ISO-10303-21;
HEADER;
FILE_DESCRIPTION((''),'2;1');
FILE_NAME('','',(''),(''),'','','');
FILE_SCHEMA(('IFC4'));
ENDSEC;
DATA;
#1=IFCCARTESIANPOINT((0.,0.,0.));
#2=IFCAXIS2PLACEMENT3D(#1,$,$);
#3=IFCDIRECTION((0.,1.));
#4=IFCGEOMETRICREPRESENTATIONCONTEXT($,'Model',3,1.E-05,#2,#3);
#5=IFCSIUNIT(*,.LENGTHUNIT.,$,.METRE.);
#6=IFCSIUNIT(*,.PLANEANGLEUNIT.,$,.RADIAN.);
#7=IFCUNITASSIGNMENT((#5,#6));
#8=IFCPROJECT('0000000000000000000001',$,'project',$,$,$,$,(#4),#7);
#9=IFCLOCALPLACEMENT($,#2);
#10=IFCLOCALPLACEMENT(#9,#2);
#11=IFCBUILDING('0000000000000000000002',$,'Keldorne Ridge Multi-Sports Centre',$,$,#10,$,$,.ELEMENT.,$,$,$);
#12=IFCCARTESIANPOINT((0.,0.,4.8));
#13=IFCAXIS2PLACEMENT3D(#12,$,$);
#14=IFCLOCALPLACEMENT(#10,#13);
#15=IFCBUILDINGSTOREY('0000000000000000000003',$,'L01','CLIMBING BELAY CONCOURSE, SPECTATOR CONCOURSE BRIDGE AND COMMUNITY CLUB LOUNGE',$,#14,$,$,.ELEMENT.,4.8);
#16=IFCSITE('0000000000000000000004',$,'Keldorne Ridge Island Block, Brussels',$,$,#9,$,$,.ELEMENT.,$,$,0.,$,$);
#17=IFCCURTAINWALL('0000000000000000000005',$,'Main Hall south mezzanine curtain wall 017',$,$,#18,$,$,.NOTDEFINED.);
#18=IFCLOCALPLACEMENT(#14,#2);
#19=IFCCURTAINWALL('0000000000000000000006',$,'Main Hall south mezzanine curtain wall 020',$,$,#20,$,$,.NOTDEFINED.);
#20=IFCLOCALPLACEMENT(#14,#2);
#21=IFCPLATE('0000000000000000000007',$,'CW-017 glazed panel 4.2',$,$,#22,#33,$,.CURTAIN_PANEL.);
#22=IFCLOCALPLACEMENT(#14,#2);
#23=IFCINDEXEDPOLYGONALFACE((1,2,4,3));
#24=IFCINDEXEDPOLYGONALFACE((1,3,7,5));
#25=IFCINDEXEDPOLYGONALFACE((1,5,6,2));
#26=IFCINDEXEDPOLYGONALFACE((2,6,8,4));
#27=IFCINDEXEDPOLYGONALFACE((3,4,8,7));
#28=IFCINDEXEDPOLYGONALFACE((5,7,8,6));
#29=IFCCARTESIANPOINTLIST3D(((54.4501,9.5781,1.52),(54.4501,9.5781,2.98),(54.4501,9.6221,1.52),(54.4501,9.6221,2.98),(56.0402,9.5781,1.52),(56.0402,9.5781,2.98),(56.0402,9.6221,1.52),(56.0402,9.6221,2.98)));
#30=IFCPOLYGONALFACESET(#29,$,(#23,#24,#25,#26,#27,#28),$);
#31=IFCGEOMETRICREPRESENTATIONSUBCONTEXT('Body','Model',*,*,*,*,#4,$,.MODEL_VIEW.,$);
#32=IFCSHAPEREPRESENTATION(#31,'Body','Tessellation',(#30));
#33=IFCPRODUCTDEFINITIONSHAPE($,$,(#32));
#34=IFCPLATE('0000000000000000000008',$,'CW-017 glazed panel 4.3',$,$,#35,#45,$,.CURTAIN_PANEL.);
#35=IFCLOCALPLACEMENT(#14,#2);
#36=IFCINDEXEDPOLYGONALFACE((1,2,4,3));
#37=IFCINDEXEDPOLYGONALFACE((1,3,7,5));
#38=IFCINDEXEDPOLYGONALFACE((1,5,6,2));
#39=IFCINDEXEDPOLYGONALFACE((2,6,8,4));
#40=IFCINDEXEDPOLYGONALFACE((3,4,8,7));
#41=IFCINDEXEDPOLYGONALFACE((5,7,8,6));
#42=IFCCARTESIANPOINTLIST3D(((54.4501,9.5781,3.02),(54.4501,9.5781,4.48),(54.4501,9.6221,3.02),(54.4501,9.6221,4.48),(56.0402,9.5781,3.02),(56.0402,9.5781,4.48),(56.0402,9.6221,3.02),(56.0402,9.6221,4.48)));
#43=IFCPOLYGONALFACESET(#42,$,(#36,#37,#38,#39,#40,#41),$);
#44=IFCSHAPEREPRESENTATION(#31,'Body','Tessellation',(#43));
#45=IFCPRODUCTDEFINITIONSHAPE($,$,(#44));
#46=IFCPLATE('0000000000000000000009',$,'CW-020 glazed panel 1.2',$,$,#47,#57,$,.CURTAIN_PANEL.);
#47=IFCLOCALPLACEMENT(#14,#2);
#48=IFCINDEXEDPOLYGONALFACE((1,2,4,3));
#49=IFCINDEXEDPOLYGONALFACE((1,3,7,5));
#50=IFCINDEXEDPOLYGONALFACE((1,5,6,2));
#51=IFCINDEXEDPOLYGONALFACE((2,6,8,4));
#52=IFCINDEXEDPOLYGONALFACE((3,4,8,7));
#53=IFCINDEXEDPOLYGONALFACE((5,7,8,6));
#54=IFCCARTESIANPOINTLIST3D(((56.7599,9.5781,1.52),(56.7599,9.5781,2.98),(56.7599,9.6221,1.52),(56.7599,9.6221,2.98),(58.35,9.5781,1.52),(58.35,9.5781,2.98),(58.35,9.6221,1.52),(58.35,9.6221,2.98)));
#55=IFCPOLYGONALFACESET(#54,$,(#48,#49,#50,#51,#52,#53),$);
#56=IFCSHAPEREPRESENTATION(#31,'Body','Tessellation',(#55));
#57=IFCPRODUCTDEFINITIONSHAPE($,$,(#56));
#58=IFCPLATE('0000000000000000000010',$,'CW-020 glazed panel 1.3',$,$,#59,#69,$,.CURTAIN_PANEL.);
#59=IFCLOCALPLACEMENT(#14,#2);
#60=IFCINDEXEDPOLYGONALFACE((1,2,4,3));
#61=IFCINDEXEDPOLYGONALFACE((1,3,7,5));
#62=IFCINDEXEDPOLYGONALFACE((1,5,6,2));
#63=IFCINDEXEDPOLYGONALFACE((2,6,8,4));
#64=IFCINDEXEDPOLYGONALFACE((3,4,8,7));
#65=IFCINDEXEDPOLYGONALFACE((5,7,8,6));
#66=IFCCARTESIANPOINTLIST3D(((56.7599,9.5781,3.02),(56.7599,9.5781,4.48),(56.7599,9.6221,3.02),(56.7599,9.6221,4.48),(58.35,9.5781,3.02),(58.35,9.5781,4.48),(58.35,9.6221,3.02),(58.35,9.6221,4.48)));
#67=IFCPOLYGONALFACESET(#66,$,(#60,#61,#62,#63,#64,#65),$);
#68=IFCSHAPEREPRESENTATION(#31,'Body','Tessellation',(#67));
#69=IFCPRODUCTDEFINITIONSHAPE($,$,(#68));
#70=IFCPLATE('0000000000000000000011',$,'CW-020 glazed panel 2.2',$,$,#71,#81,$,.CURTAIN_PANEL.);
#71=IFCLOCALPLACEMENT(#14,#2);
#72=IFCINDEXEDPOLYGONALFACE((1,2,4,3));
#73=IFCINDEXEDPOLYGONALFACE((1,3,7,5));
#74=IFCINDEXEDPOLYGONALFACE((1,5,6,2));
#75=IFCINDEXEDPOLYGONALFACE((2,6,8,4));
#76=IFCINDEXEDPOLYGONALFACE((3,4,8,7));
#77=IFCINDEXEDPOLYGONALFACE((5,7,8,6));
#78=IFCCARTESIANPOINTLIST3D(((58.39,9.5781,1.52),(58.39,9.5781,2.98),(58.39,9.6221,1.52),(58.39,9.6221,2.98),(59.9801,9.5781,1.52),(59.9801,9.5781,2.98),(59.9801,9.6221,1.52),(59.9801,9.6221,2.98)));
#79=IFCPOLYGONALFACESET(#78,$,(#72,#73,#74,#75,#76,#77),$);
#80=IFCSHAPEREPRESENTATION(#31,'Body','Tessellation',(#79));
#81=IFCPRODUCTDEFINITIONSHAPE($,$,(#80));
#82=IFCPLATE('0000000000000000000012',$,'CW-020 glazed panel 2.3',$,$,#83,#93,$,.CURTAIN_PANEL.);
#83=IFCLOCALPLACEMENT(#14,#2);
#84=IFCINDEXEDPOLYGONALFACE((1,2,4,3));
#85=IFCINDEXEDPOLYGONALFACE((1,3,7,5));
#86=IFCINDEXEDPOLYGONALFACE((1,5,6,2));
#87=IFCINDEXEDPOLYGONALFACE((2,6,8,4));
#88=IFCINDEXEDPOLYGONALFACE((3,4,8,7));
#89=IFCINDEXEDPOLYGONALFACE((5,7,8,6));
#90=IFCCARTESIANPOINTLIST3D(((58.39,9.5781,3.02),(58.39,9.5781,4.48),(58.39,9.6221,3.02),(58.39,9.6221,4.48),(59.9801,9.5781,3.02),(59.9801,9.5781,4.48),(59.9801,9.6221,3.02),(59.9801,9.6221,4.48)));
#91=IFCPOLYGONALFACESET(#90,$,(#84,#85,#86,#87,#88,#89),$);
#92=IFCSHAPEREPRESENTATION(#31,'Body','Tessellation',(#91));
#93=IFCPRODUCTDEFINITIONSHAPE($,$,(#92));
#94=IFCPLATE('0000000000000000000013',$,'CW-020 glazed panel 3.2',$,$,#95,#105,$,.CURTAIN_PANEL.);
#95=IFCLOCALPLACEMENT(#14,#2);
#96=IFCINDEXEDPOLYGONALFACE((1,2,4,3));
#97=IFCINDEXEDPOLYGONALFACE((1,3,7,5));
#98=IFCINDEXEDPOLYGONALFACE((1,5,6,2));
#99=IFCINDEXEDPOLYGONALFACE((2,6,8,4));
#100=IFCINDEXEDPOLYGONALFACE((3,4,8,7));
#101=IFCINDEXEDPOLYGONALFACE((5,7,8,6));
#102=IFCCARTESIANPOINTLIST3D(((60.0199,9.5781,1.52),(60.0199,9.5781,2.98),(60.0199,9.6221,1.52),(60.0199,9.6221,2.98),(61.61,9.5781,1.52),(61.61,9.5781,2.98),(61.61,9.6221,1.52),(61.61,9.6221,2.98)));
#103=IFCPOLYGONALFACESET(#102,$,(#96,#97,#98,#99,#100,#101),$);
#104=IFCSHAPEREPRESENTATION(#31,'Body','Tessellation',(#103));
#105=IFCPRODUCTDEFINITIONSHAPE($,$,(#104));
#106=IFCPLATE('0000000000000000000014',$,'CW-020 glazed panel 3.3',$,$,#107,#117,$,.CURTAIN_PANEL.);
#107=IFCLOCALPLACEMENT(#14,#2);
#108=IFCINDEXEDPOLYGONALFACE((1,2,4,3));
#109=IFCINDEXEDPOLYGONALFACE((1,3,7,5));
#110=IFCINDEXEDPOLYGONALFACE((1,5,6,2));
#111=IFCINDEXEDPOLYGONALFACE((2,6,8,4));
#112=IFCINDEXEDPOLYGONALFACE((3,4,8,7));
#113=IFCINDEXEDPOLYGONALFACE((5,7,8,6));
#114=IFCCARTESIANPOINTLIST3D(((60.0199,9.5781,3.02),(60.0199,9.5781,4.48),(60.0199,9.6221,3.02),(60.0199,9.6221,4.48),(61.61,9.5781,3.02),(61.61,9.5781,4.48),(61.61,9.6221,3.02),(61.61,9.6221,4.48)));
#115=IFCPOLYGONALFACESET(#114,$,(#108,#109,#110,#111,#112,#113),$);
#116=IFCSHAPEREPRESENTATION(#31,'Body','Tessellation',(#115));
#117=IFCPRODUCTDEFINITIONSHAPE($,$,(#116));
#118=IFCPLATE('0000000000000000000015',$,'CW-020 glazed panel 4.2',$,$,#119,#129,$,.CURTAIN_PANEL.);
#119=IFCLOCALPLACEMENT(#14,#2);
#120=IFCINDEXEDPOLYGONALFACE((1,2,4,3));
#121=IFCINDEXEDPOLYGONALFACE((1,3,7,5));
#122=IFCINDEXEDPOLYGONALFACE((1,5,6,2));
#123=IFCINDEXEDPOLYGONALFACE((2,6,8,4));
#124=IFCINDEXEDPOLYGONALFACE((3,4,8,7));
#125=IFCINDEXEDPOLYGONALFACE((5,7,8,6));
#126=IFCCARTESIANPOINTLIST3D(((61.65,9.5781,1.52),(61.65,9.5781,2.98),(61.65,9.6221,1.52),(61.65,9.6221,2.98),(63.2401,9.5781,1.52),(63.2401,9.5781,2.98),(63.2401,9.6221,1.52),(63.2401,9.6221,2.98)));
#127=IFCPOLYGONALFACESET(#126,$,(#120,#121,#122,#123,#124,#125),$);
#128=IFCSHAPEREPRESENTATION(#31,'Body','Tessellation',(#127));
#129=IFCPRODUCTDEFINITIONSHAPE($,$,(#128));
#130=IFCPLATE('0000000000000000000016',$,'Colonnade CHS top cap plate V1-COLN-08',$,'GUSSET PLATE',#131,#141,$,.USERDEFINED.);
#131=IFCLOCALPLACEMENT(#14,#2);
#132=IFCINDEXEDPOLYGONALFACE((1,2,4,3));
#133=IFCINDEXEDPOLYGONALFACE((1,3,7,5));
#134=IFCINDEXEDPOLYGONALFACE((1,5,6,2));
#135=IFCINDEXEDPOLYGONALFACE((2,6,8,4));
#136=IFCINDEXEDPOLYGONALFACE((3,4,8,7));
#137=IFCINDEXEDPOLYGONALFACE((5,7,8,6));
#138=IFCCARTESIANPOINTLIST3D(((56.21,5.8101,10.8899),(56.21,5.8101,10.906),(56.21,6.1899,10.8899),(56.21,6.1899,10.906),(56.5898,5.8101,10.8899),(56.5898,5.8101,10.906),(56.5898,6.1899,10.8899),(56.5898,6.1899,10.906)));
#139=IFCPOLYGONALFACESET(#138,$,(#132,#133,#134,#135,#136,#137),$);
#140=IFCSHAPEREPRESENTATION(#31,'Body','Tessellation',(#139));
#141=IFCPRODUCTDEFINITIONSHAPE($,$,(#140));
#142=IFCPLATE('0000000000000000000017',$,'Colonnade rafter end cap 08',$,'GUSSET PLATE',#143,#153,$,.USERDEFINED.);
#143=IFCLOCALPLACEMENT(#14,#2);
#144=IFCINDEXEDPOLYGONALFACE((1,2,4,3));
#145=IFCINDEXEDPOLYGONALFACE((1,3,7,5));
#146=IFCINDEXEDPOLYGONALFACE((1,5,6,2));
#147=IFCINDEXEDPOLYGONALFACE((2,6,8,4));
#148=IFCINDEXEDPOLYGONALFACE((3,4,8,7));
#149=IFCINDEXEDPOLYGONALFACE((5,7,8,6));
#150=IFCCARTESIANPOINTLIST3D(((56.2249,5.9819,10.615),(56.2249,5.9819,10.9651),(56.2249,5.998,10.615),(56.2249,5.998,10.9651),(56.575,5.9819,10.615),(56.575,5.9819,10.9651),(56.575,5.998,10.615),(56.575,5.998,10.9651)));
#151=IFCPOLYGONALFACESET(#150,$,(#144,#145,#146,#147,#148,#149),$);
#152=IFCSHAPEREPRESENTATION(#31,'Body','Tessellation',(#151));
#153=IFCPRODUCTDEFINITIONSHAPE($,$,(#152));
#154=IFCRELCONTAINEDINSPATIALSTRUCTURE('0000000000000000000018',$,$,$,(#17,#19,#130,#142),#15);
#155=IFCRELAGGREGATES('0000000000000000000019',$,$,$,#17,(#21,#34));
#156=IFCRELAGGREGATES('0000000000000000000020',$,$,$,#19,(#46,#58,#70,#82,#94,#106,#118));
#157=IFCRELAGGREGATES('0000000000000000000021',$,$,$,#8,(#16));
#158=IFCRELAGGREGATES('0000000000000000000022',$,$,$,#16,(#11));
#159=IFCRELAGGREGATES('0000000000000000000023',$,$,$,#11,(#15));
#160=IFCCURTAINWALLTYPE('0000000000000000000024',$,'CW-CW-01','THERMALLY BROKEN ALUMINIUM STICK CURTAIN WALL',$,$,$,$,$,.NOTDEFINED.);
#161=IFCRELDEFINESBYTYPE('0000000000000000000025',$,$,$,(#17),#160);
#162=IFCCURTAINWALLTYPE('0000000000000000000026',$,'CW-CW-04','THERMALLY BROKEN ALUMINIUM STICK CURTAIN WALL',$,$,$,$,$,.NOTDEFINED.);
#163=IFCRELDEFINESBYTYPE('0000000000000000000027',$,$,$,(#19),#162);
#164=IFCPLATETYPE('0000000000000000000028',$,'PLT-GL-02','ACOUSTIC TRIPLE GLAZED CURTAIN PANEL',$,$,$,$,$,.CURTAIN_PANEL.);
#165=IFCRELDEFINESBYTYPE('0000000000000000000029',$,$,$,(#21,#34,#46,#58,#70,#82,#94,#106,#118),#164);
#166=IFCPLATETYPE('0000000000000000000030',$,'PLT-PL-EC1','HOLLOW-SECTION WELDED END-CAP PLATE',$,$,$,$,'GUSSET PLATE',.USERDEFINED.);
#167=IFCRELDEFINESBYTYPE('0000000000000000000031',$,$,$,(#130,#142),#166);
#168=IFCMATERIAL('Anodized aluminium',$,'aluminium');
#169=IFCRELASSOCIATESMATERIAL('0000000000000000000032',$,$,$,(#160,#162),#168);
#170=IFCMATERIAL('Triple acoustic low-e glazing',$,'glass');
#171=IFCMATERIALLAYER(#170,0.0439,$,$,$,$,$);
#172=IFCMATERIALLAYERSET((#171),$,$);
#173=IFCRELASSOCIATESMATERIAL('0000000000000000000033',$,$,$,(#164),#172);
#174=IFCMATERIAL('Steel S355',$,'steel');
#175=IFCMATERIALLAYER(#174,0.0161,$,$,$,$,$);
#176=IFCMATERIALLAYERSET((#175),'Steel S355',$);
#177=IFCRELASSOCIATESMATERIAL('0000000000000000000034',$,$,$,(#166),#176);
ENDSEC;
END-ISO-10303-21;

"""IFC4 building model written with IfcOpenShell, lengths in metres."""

from ifc_helpers import new_model, si_unit, direction, frame, origin, origin_2d, place, context, subcontext, project, spatial, rectangle, extrude, material, layer, layer_set, type_object, element, aggregate, save


model = new_model("IFC4")

# Units and contexts
model_context = context("Model", 3, precision=1e-05, world=origin(), true_north=direction((0.0, 1.0)))
body_context = subcontext(model_context, "Body", "Model", "MODEL_VIEW")
ifc_project = project(units=[si_unit("LENGTHUNIT", "METRE"), si_unit("PLANEANGLEUNIT", "RADIAN")], contexts=[model_context])

# Site, building, storey
site_placement = place(None, origin())
site = spatial("IfcSite", under=ifc_project, at=site_placement, Name="Keldorne Ridge Island Block, Brussels", CompositionType="ELEMENT", RefElevation=0.0)
building_placement = place(site_placement, origin())
building = spatial("IfcBuilding", under=site, at=building_placement, Name="Keldorne Ridge Multi-Sports Centre", CompositionType="ELEMENT")
storey_placement = place(building_placement, frame((0.0, 0.0, 4.8)))
storey = spatial("IfcBuildingStorey", under=building, at=storey_placement, Name="L01", Description="CLIMBING BELAY CONCOURSE, SPECTATOR CONCOURSE BRIDGE AND COMMUNITY CLUB LOUNGE", CompositionType="ELEMENT", Elevation=4.8)

# Shared definitions
ifc_material_1 = material(Name="Steel S355", Category="steel")

# Curtain walls
ifc_material_2 = material(Name="Anodized aluminium", Category="aluminium")
curtain_wall_type_1 = type_object("IfcCurtainWallType", Name="CW-CW-01", Description="THERMALLY BROKEN ALUMINIUM STICK CURTAIN WALL", PredefinedType="NOTDEFINED", material=ifc_material_2)
curtain_wall_1_placement = place(storey_placement, origin())
curtain_wall_1 = element("IfcCurtainWall", 1, at=curtain_wall_1_placement, inside=storey, type_object=curtain_wall_type_1, Name="Main Hall south mezzanine curtain wall 017", PredefinedType="NOTDEFINED")
curtain_wall_type_2 = type_object("IfcCurtainWallType", Name="CW-CW-04", Description="THERMALLY BROKEN ALUMINIUM STICK CURTAIN WALL", PredefinedType="NOTDEFINED", material=ifc_material_2)
curtain_wall_2_placement = place(storey_placement, origin())
curtain_wall_2 = element("IfcCurtainWall", 2, at=curtain_wall_2_placement, inside=storey, type_object=curtain_wall_type_2, Name="Main Hall south mezzanine curtain wall 020", PredefinedType="NOTDEFINED")

# Plates
ifc_material_3 = material(Name="Triple acoustic low-e glazing", Category="glass")
ifc_layer_1 = layer(ifc_material_3, 0.0439)
ifc_layer_set_1 = layer_set([ifc_layer_1])
plate_type_1 = type_object("IfcPlateType", Name="PLT-GL-02", Description="ACOUSTIC TRIPLE GLAZED CURTAIN PANEL", PredefinedType="CURTAIN_PANEL", material=ifc_layer_set_1)
plate_1_placement = place(storey_placement, frame((55.2451, 9.6001, 1.52), z_axis=(0.0, 0.0, 1.0), x_axis=(1.0, 0.0, 0.0)))
plate_1 = element("IfcPlate", 3, at=plate_1_placement, type_object=plate_type_1, Name="CW-017 glazed panel 4.2", PredefinedType="CURTAIN_PANEL", context=body_context, shape_type="SweptSolid", body=[
    extrude(rectangle(XDim=1.5901, YDim=0.0439, at=origin_2d()), origin(), (0.0, 0.0, 1.0), 1.46),
])
plate_2_placement = place(storey_placement, frame((55.2451, 9.6001, 3.02), z_axis=(0.0, 0.0, 1.0), x_axis=(1.0, 0.0, 0.0)))
plate_2 = element("IfcPlate", 4, at=plate_2_placement, type_object=plate_type_1, Name="CW-017 glazed panel 4.3", PredefinedType="CURTAIN_PANEL", context=body_context, shape_type="SweptSolid", body=[
    extrude(rectangle(XDim=1.5901, YDim=0.0439, at=origin_2d()), origin(), (0.0, 0.0, 1.0), 1.46),
])
aggregate(curtain_wall_1, [plate_1, plate_2])
plate_3_placement = place(storey_placement, frame((57.5549, 9.6001, 1.52), z_axis=(0.0, 0.0, 1.0), x_axis=(1.0, 0.0, 0.0)))
plate_3 = element("IfcPlate", 5, at=plate_3_placement, type_object=plate_type_1, Name="CW-020 glazed panel 1.2", PredefinedType="CURTAIN_PANEL", context=body_context, shape_type="SweptSolid", body=[
    extrude(rectangle(XDim=1.5901, YDim=0.0439, at=origin_2d()), origin(), (0.0, 0.0, 1.0), 1.46),
])
plate_4_placement = place(storey_placement, frame((57.5549, 9.6001, 3.02), z_axis=(0.0, 0.0, 1.0), x_axis=(1.0, 0.0, 0.0)))
plate_4 = element("IfcPlate", 6, at=plate_4_placement, type_object=plate_type_1, Name="CW-020 glazed panel 1.3", PredefinedType="CURTAIN_PANEL", context=body_context, shape_type="SweptSolid", body=[
    extrude(rectangle(XDim=1.5901, YDim=0.0439, at=origin_2d()), origin(), (0.0, 0.0, 1.0), 1.46),
])
plate_5_placement = place(storey_placement, frame((59.1851, 9.6001, 1.52), z_axis=(0.0, 0.0, 1.0), x_axis=(1.0, 0.0, 0.0)))
plate_5 = element("IfcPlate", 7, at=plate_5_placement, type_object=plate_type_1, Name="CW-020 glazed panel 2.2", PredefinedType="CURTAIN_PANEL", context=body_context, shape_type="SweptSolid", body=[
    extrude(rectangle(XDim=1.5901, YDim=0.0439, at=origin_2d()), origin(), (0.0, 0.0, 1.0), 1.46),
])
plate_6_placement = place(storey_placement, frame((59.1851, 9.6001, 3.02), z_axis=(0.0, 0.0, 1.0), x_axis=(1.0, 0.0, 0.0)))
plate_6 = element("IfcPlate", 8, at=plate_6_placement, type_object=plate_type_1, Name="CW-020 glazed panel 2.3", PredefinedType="CURTAIN_PANEL", context=body_context, shape_type="SweptSolid", body=[
    extrude(rectangle(XDim=1.5901, YDim=0.0439, at=origin_2d()), origin(), (0.0, 0.0, 1.0), 1.46),
])
plate_7_placement = place(storey_placement, frame((60.8149, 9.6001, 1.52), z_axis=(0.0, 0.0, 1.0), x_axis=(1.0, 0.0, 0.0)))
plate_7 = element("IfcPlate", 9, at=plate_7_placement, type_object=plate_type_1, Name="CW-020 glazed panel 3.2", PredefinedType="CURTAIN_PANEL", context=body_context, shape_type="SweptSolid", body=[
    extrude(rectangle(XDim=1.5901, YDim=0.0439, at=origin_2d()), origin(), (0.0, 0.0, 1.0), 1.46),
])
plate_8_placement = place(storey_placement, frame((60.8149, 9.6001, 3.02), z_axis=(0.0, 0.0, 1.0), x_axis=(1.0, 0.0, 0.0)))
plate_8 = element("IfcPlate", 10, at=plate_8_placement, type_object=plate_type_1, Name="CW-020 glazed panel 3.3", PredefinedType="CURTAIN_PANEL", context=body_context, shape_type="SweptSolid", body=[
    extrude(rectangle(XDim=1.5901, YDim=0.0439, at=origin_2d()), origin(), (0.0, 0.0, 1.0), 1.46),
])
plate_9_placement = place(storey_placement, frame((62.4451, 9.6001, 1.52), z_axis=(0.0, 0.0, 1.0), x_axis=(1.0, 0.0, 0.0)))
plate_9 = element("IfcPlate", 11, at=plate_9_placement, type_object=plate_type_1, Name="CW-020 glazed panel 4.2", PredefinedType="CURTAIN_PANEL", context=body_context, shape_type="SweptSolid", body=[
    extrude(rectangle(XDim=1.5901, YDim=0.0439, at=origin_2d()), origin(), (0.0, 0.0, 1.0), 1.46),
])
aggregate(curtain_wall_2, [plate_3, plate_4, plate_5, plate_6, plate_7, plate_8, plate_9])

# Plates
ifc_layer_2 = layer(ifc_material_1, 0.0161)
ifc_layer_set_2 = layer_set([ifc_layer_2], Name="Steel S355")
plate_type_2 = type_object("IfcPlateType", Name="PLT-PL-EC1", Description="HOLLOW-SECTION WELDED END-CAP PLATE", ElementType="GUSSET PLATE", PredefinedType="USERDEFINED", material=ifc_layer_set_2)
plate_10_placement = place(storey_placement, frame((56.3999, 6.0, 10.8899), z_axis=(0.0, 0.0, 1.0), x_axis=(1.0, 0.0, 0.0)))
element("IfcPlate", 12, at=plate_10_placement, inside=storey, type_object=plate_type_2, Name="Colonnade CHS top cap plate V1-COLN-08", ObjectType="GUSSET PLATE", PredefinedType="USERDEFINED", context=body_context, shape_type="SweptSolid", body=[
    extrude(rectangle(XDim=0.3799, YDim=0.3799, at=origin_2d()), origin(), (0.0, 0.0, 1.0), 0.0161),
])
plate_11_placement = place(storey_placement, frame((56.3999, 5.99, 10.615), z_axis=(0.0, 0.0, 1.0), x_axis=(1.0, 0.0, 0.0)))
element("IfcPlate", 13, at=plate_11_placement, inside=storey, type_object=plate_type_2, Name="Colonnade rafter end cap 08", ObjectType="GUSSET PLATE", PredefinedType="USERDEFINED", context=body_context, shape_type="SweptSolid", body=[
    extrude(rectangle(XDim=0.3501, YDim=0.0161, at=origin_2d()), origin(), (0.0, 0.0, 1.0), 0.3501),
])

save(model, "model.ifc")
